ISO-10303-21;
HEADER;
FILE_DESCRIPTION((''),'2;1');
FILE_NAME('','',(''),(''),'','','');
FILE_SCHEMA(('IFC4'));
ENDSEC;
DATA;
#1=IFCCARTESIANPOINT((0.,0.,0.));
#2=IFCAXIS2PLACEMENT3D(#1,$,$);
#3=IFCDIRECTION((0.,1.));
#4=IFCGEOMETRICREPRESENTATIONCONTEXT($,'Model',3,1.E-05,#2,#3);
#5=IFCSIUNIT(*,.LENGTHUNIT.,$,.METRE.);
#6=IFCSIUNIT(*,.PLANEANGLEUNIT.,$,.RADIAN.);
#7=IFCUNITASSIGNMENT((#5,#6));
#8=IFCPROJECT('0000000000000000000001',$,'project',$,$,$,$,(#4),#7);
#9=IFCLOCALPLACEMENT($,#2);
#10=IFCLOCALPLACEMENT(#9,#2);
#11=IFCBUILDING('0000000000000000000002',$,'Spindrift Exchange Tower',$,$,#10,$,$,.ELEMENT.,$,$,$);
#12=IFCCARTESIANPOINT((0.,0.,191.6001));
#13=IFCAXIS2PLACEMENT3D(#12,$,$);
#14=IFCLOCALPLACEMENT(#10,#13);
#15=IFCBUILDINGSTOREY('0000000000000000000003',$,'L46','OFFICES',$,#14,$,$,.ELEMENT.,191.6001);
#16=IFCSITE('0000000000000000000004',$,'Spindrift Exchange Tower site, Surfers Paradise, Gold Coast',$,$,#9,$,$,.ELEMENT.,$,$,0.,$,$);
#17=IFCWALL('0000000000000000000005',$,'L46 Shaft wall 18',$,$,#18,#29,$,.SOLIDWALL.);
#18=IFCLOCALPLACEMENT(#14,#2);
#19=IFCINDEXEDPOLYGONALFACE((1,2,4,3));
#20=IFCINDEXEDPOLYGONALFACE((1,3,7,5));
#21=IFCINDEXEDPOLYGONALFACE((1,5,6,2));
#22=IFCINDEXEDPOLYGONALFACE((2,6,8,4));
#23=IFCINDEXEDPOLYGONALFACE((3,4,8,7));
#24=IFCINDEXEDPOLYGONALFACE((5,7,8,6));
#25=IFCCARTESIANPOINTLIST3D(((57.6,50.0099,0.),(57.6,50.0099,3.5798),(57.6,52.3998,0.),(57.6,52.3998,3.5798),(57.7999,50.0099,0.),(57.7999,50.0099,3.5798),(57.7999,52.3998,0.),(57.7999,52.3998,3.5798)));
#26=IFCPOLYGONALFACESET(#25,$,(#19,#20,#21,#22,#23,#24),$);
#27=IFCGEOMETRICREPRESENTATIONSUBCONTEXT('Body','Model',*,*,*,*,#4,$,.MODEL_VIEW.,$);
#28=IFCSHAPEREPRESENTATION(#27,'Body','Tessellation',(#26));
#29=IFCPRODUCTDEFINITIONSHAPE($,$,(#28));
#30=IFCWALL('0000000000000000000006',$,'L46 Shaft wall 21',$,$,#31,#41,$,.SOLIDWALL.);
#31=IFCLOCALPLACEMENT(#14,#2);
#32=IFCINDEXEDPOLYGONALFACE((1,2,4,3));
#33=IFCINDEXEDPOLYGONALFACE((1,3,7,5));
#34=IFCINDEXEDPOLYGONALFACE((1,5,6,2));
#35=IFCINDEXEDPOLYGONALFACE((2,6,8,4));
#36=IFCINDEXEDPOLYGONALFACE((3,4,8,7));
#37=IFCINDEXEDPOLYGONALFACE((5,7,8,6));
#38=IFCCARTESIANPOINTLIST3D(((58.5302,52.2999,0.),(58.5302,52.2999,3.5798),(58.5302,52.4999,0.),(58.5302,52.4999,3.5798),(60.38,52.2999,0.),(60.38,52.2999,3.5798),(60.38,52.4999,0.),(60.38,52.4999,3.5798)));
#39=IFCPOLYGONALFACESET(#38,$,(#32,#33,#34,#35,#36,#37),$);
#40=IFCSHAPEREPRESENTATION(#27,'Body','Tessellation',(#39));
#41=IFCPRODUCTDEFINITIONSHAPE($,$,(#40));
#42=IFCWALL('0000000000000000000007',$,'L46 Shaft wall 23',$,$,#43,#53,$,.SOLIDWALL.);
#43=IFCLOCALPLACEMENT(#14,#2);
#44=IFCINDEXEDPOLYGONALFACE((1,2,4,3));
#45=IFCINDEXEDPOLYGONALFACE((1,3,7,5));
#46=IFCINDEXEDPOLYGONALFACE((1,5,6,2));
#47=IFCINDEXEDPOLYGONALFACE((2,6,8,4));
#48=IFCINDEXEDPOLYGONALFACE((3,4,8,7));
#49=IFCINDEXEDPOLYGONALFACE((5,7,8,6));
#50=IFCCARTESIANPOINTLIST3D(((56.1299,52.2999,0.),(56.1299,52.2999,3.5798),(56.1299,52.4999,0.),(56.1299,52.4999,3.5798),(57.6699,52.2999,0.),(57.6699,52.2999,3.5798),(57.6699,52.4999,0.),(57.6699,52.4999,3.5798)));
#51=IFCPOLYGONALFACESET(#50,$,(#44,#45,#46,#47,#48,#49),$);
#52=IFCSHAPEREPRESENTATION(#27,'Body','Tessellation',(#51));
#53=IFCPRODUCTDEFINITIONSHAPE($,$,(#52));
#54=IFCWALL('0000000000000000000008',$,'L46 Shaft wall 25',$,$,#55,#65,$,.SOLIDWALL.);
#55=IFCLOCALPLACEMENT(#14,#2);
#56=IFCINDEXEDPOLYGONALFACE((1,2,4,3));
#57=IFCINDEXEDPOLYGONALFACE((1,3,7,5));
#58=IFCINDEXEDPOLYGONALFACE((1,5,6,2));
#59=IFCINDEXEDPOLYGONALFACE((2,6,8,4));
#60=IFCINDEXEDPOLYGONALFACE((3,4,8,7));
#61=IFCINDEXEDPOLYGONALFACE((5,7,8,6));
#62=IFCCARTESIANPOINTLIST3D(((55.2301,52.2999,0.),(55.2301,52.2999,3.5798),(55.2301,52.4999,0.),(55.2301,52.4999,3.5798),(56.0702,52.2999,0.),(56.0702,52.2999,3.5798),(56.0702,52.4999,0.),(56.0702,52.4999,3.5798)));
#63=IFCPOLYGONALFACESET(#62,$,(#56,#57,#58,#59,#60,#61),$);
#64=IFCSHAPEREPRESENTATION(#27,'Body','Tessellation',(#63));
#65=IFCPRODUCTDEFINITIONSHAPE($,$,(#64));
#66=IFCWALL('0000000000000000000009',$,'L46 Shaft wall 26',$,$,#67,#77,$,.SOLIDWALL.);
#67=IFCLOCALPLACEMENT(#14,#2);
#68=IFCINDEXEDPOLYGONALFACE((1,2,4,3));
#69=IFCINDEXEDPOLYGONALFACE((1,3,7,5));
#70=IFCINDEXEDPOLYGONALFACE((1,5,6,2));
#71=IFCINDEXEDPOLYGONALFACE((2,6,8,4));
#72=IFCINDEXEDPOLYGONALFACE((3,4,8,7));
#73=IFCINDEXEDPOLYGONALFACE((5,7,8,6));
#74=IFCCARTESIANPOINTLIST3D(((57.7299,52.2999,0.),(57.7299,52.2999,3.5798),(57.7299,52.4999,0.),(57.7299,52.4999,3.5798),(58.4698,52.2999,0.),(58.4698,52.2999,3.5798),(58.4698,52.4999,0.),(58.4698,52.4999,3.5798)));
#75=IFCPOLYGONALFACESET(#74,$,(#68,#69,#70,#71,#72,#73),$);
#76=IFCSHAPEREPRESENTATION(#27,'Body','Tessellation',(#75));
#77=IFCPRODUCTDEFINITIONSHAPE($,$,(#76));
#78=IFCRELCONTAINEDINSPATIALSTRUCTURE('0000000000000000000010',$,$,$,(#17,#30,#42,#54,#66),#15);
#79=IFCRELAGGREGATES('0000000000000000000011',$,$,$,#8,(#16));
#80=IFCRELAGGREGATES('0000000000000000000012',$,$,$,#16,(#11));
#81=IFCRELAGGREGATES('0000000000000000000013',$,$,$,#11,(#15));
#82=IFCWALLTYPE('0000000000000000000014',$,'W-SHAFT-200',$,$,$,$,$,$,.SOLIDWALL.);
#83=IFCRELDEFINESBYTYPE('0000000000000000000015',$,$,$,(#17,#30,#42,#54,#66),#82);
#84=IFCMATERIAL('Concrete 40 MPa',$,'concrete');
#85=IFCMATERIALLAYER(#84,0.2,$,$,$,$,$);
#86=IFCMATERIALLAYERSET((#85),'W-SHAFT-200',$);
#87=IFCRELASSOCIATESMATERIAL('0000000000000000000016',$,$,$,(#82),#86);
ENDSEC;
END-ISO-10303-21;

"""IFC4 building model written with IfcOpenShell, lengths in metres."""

from ifc_helpers import new_model, si_unit, direction, frame, frame_2d, origin, place, context, subcontext, project, spatial, rectangle, extrude, material, layer, layer_set, type_object, element, save


model = new_model("IFC4")

# Units and contexts
model_context = context("Model", 3, precision=1e-05, world=origin(), true_north=direction((0.0, 1.0)))
body_context = subcontext(model_context, "Body", "Model", "MODEL_VIEW")
ifc_project = project(units=[si_unit("LENGTHUNIT", "METRE"), si_unit("PLANEANGLEUNIT", "RADIAN")], contexts=[model_context])

# Site, building, storey
site_placement = place(None, origin())
site = spatial("IfcSite", under=ifc_project, at=site_placement, Name="Spindrift Exchange Tower site, Surfers Paradise, Gold Coast", CompositionType="ELEMENT", RefElevation=0.0)
building_placement = place(site_placement, origin())
building = spatial("IfcBuilding", under=site, at=building_placement, Name="Spindrift Exchange Tower", CompositionType="ELEMENT")
storey_placement = place(building_placement, frame((0.0, 0.0, 191.6001)))
storey = spatial("IfcBuildingStorey", under=building, at=storey_placement, Name="L46", Description="OFFICES", CompositionType="ELEMENT", Elevation=191.6001)

# Shared definitions
ifc_material_1 = material(Name="Concrete 40 MPa", Category="concrete")
ifc_layer_1 = layer(ifc_material_1, 0.2)
ifc_layer_set_1 = layer_set([ifc_layer_1], Name="W-SHAFT-200")
wall_type_1 = type_object("IfcWallType", Name="W-SHAFT-200", PredefinedType="SOLIDWALL", material=ifc_layer_set_1)

# Walls
wall_1_placement = place(storey_placement, frame((57.7, 50.01, 0.0), z_axis=(0.0, 0.0, 1.0), x_axis=(0.0, 1.0, 0.0)))
element("IfcWall", 1, at=wall_1_placement, inside=storey, type_object=wall_type_1, Name="L46 Shaft wall 18", PredefinedType="SOLIDWALL", context=body_context, shape_type="SweptSolid", body=[
    extrude(rectangle(XDim=2.3899, YDim=0.2, at=frame_2d((1.1948, 0.0))), origin(), (0.0, 0.0, 1.0), 3.5798),
])
wall_2_placement = place(storey_placement, frame((60.3799, 52.3999, 0.0), z_axis=(0.0, 0.0, 1.0), x_axis=(-1.0, 0.0, 0.0)))
element("IfcWall", 2, at=wall_2_placement, inside=storey, type_object=wall_type_1, Name="L46 Shaft wall 21", PredefinedType="SOLIDWALL", context=body_context, shape_type="SweptSolid", body=[
    extrude(rectangle(XDim=1.8499, YDim=0.2, at=frame_2d((0.9248, 0.0))), origin(), (0.0, 0.0, 1.0), 3.5798),
])
wall_3_placement = place(storey_placement, frame((57.6699, 52.3999, 0.0), z_axis=(0.0, 0.0, 1.0), x_axis=(-1.0, 0.0, 0.0)))
element("IfcWall", 3, at=wall_3_placement, inside=storey, type_object=wall_type_1, Name="L46 Shaft wall 23", PredefinedType="SOLIDWALL", context=body_context, shape_type="SweptSolid", body=[
    extrude(rectangle(XDim=1.54, YDim=0.2, at=frame_2d((0.77, 0.0))), origin(), (0.0, 0.0, 1.0), 3.5798),
])
wall_4_placement = place(storey_placement, frame((56.0701, 52.3999, 0.0), z_axis=(0.0, 0.0, 1.0), x_axis=(-1.0, 0.0, 0.0)))
element("IfcWall", 4, at=wall_4_placement, inside=storey, type_object=wall_type_1, Name="L46 Shaft wall 25", PredefinedType="SOLIDWALL", context=body_context, shape_type="SweptSolid", body=[
    extrude(rectangle(XDim=0.8401, YDim=0.2, at=frame_2d((0.4199, 0.0))), origin(), (0.0, 0.0, 1.0), 3.5798),
])
wall_5_placement = place(storey_placement, frame((58.47, 52.3999, 0.0), z_axis=(0.0, 0.0, 1.0), x_axis=(-1.0, 0.0, 0.0)))
element("IfcWall", 5, at=wall_5_placement, inside=storey, type_object=wall_type_1, Name="L46 Shaft wall 26", PredefinedType="SOLIDWALL", context=body_context, shape_type="SweptSolid", body=[
    extrude(rectangle(XDim=0.74, YDim=0.2, at=frame_2d((0.3701, 0.0))), origin(), (0.0, 0.0, 1.0), 3.5798),
])

save(model, "model.ifc")
